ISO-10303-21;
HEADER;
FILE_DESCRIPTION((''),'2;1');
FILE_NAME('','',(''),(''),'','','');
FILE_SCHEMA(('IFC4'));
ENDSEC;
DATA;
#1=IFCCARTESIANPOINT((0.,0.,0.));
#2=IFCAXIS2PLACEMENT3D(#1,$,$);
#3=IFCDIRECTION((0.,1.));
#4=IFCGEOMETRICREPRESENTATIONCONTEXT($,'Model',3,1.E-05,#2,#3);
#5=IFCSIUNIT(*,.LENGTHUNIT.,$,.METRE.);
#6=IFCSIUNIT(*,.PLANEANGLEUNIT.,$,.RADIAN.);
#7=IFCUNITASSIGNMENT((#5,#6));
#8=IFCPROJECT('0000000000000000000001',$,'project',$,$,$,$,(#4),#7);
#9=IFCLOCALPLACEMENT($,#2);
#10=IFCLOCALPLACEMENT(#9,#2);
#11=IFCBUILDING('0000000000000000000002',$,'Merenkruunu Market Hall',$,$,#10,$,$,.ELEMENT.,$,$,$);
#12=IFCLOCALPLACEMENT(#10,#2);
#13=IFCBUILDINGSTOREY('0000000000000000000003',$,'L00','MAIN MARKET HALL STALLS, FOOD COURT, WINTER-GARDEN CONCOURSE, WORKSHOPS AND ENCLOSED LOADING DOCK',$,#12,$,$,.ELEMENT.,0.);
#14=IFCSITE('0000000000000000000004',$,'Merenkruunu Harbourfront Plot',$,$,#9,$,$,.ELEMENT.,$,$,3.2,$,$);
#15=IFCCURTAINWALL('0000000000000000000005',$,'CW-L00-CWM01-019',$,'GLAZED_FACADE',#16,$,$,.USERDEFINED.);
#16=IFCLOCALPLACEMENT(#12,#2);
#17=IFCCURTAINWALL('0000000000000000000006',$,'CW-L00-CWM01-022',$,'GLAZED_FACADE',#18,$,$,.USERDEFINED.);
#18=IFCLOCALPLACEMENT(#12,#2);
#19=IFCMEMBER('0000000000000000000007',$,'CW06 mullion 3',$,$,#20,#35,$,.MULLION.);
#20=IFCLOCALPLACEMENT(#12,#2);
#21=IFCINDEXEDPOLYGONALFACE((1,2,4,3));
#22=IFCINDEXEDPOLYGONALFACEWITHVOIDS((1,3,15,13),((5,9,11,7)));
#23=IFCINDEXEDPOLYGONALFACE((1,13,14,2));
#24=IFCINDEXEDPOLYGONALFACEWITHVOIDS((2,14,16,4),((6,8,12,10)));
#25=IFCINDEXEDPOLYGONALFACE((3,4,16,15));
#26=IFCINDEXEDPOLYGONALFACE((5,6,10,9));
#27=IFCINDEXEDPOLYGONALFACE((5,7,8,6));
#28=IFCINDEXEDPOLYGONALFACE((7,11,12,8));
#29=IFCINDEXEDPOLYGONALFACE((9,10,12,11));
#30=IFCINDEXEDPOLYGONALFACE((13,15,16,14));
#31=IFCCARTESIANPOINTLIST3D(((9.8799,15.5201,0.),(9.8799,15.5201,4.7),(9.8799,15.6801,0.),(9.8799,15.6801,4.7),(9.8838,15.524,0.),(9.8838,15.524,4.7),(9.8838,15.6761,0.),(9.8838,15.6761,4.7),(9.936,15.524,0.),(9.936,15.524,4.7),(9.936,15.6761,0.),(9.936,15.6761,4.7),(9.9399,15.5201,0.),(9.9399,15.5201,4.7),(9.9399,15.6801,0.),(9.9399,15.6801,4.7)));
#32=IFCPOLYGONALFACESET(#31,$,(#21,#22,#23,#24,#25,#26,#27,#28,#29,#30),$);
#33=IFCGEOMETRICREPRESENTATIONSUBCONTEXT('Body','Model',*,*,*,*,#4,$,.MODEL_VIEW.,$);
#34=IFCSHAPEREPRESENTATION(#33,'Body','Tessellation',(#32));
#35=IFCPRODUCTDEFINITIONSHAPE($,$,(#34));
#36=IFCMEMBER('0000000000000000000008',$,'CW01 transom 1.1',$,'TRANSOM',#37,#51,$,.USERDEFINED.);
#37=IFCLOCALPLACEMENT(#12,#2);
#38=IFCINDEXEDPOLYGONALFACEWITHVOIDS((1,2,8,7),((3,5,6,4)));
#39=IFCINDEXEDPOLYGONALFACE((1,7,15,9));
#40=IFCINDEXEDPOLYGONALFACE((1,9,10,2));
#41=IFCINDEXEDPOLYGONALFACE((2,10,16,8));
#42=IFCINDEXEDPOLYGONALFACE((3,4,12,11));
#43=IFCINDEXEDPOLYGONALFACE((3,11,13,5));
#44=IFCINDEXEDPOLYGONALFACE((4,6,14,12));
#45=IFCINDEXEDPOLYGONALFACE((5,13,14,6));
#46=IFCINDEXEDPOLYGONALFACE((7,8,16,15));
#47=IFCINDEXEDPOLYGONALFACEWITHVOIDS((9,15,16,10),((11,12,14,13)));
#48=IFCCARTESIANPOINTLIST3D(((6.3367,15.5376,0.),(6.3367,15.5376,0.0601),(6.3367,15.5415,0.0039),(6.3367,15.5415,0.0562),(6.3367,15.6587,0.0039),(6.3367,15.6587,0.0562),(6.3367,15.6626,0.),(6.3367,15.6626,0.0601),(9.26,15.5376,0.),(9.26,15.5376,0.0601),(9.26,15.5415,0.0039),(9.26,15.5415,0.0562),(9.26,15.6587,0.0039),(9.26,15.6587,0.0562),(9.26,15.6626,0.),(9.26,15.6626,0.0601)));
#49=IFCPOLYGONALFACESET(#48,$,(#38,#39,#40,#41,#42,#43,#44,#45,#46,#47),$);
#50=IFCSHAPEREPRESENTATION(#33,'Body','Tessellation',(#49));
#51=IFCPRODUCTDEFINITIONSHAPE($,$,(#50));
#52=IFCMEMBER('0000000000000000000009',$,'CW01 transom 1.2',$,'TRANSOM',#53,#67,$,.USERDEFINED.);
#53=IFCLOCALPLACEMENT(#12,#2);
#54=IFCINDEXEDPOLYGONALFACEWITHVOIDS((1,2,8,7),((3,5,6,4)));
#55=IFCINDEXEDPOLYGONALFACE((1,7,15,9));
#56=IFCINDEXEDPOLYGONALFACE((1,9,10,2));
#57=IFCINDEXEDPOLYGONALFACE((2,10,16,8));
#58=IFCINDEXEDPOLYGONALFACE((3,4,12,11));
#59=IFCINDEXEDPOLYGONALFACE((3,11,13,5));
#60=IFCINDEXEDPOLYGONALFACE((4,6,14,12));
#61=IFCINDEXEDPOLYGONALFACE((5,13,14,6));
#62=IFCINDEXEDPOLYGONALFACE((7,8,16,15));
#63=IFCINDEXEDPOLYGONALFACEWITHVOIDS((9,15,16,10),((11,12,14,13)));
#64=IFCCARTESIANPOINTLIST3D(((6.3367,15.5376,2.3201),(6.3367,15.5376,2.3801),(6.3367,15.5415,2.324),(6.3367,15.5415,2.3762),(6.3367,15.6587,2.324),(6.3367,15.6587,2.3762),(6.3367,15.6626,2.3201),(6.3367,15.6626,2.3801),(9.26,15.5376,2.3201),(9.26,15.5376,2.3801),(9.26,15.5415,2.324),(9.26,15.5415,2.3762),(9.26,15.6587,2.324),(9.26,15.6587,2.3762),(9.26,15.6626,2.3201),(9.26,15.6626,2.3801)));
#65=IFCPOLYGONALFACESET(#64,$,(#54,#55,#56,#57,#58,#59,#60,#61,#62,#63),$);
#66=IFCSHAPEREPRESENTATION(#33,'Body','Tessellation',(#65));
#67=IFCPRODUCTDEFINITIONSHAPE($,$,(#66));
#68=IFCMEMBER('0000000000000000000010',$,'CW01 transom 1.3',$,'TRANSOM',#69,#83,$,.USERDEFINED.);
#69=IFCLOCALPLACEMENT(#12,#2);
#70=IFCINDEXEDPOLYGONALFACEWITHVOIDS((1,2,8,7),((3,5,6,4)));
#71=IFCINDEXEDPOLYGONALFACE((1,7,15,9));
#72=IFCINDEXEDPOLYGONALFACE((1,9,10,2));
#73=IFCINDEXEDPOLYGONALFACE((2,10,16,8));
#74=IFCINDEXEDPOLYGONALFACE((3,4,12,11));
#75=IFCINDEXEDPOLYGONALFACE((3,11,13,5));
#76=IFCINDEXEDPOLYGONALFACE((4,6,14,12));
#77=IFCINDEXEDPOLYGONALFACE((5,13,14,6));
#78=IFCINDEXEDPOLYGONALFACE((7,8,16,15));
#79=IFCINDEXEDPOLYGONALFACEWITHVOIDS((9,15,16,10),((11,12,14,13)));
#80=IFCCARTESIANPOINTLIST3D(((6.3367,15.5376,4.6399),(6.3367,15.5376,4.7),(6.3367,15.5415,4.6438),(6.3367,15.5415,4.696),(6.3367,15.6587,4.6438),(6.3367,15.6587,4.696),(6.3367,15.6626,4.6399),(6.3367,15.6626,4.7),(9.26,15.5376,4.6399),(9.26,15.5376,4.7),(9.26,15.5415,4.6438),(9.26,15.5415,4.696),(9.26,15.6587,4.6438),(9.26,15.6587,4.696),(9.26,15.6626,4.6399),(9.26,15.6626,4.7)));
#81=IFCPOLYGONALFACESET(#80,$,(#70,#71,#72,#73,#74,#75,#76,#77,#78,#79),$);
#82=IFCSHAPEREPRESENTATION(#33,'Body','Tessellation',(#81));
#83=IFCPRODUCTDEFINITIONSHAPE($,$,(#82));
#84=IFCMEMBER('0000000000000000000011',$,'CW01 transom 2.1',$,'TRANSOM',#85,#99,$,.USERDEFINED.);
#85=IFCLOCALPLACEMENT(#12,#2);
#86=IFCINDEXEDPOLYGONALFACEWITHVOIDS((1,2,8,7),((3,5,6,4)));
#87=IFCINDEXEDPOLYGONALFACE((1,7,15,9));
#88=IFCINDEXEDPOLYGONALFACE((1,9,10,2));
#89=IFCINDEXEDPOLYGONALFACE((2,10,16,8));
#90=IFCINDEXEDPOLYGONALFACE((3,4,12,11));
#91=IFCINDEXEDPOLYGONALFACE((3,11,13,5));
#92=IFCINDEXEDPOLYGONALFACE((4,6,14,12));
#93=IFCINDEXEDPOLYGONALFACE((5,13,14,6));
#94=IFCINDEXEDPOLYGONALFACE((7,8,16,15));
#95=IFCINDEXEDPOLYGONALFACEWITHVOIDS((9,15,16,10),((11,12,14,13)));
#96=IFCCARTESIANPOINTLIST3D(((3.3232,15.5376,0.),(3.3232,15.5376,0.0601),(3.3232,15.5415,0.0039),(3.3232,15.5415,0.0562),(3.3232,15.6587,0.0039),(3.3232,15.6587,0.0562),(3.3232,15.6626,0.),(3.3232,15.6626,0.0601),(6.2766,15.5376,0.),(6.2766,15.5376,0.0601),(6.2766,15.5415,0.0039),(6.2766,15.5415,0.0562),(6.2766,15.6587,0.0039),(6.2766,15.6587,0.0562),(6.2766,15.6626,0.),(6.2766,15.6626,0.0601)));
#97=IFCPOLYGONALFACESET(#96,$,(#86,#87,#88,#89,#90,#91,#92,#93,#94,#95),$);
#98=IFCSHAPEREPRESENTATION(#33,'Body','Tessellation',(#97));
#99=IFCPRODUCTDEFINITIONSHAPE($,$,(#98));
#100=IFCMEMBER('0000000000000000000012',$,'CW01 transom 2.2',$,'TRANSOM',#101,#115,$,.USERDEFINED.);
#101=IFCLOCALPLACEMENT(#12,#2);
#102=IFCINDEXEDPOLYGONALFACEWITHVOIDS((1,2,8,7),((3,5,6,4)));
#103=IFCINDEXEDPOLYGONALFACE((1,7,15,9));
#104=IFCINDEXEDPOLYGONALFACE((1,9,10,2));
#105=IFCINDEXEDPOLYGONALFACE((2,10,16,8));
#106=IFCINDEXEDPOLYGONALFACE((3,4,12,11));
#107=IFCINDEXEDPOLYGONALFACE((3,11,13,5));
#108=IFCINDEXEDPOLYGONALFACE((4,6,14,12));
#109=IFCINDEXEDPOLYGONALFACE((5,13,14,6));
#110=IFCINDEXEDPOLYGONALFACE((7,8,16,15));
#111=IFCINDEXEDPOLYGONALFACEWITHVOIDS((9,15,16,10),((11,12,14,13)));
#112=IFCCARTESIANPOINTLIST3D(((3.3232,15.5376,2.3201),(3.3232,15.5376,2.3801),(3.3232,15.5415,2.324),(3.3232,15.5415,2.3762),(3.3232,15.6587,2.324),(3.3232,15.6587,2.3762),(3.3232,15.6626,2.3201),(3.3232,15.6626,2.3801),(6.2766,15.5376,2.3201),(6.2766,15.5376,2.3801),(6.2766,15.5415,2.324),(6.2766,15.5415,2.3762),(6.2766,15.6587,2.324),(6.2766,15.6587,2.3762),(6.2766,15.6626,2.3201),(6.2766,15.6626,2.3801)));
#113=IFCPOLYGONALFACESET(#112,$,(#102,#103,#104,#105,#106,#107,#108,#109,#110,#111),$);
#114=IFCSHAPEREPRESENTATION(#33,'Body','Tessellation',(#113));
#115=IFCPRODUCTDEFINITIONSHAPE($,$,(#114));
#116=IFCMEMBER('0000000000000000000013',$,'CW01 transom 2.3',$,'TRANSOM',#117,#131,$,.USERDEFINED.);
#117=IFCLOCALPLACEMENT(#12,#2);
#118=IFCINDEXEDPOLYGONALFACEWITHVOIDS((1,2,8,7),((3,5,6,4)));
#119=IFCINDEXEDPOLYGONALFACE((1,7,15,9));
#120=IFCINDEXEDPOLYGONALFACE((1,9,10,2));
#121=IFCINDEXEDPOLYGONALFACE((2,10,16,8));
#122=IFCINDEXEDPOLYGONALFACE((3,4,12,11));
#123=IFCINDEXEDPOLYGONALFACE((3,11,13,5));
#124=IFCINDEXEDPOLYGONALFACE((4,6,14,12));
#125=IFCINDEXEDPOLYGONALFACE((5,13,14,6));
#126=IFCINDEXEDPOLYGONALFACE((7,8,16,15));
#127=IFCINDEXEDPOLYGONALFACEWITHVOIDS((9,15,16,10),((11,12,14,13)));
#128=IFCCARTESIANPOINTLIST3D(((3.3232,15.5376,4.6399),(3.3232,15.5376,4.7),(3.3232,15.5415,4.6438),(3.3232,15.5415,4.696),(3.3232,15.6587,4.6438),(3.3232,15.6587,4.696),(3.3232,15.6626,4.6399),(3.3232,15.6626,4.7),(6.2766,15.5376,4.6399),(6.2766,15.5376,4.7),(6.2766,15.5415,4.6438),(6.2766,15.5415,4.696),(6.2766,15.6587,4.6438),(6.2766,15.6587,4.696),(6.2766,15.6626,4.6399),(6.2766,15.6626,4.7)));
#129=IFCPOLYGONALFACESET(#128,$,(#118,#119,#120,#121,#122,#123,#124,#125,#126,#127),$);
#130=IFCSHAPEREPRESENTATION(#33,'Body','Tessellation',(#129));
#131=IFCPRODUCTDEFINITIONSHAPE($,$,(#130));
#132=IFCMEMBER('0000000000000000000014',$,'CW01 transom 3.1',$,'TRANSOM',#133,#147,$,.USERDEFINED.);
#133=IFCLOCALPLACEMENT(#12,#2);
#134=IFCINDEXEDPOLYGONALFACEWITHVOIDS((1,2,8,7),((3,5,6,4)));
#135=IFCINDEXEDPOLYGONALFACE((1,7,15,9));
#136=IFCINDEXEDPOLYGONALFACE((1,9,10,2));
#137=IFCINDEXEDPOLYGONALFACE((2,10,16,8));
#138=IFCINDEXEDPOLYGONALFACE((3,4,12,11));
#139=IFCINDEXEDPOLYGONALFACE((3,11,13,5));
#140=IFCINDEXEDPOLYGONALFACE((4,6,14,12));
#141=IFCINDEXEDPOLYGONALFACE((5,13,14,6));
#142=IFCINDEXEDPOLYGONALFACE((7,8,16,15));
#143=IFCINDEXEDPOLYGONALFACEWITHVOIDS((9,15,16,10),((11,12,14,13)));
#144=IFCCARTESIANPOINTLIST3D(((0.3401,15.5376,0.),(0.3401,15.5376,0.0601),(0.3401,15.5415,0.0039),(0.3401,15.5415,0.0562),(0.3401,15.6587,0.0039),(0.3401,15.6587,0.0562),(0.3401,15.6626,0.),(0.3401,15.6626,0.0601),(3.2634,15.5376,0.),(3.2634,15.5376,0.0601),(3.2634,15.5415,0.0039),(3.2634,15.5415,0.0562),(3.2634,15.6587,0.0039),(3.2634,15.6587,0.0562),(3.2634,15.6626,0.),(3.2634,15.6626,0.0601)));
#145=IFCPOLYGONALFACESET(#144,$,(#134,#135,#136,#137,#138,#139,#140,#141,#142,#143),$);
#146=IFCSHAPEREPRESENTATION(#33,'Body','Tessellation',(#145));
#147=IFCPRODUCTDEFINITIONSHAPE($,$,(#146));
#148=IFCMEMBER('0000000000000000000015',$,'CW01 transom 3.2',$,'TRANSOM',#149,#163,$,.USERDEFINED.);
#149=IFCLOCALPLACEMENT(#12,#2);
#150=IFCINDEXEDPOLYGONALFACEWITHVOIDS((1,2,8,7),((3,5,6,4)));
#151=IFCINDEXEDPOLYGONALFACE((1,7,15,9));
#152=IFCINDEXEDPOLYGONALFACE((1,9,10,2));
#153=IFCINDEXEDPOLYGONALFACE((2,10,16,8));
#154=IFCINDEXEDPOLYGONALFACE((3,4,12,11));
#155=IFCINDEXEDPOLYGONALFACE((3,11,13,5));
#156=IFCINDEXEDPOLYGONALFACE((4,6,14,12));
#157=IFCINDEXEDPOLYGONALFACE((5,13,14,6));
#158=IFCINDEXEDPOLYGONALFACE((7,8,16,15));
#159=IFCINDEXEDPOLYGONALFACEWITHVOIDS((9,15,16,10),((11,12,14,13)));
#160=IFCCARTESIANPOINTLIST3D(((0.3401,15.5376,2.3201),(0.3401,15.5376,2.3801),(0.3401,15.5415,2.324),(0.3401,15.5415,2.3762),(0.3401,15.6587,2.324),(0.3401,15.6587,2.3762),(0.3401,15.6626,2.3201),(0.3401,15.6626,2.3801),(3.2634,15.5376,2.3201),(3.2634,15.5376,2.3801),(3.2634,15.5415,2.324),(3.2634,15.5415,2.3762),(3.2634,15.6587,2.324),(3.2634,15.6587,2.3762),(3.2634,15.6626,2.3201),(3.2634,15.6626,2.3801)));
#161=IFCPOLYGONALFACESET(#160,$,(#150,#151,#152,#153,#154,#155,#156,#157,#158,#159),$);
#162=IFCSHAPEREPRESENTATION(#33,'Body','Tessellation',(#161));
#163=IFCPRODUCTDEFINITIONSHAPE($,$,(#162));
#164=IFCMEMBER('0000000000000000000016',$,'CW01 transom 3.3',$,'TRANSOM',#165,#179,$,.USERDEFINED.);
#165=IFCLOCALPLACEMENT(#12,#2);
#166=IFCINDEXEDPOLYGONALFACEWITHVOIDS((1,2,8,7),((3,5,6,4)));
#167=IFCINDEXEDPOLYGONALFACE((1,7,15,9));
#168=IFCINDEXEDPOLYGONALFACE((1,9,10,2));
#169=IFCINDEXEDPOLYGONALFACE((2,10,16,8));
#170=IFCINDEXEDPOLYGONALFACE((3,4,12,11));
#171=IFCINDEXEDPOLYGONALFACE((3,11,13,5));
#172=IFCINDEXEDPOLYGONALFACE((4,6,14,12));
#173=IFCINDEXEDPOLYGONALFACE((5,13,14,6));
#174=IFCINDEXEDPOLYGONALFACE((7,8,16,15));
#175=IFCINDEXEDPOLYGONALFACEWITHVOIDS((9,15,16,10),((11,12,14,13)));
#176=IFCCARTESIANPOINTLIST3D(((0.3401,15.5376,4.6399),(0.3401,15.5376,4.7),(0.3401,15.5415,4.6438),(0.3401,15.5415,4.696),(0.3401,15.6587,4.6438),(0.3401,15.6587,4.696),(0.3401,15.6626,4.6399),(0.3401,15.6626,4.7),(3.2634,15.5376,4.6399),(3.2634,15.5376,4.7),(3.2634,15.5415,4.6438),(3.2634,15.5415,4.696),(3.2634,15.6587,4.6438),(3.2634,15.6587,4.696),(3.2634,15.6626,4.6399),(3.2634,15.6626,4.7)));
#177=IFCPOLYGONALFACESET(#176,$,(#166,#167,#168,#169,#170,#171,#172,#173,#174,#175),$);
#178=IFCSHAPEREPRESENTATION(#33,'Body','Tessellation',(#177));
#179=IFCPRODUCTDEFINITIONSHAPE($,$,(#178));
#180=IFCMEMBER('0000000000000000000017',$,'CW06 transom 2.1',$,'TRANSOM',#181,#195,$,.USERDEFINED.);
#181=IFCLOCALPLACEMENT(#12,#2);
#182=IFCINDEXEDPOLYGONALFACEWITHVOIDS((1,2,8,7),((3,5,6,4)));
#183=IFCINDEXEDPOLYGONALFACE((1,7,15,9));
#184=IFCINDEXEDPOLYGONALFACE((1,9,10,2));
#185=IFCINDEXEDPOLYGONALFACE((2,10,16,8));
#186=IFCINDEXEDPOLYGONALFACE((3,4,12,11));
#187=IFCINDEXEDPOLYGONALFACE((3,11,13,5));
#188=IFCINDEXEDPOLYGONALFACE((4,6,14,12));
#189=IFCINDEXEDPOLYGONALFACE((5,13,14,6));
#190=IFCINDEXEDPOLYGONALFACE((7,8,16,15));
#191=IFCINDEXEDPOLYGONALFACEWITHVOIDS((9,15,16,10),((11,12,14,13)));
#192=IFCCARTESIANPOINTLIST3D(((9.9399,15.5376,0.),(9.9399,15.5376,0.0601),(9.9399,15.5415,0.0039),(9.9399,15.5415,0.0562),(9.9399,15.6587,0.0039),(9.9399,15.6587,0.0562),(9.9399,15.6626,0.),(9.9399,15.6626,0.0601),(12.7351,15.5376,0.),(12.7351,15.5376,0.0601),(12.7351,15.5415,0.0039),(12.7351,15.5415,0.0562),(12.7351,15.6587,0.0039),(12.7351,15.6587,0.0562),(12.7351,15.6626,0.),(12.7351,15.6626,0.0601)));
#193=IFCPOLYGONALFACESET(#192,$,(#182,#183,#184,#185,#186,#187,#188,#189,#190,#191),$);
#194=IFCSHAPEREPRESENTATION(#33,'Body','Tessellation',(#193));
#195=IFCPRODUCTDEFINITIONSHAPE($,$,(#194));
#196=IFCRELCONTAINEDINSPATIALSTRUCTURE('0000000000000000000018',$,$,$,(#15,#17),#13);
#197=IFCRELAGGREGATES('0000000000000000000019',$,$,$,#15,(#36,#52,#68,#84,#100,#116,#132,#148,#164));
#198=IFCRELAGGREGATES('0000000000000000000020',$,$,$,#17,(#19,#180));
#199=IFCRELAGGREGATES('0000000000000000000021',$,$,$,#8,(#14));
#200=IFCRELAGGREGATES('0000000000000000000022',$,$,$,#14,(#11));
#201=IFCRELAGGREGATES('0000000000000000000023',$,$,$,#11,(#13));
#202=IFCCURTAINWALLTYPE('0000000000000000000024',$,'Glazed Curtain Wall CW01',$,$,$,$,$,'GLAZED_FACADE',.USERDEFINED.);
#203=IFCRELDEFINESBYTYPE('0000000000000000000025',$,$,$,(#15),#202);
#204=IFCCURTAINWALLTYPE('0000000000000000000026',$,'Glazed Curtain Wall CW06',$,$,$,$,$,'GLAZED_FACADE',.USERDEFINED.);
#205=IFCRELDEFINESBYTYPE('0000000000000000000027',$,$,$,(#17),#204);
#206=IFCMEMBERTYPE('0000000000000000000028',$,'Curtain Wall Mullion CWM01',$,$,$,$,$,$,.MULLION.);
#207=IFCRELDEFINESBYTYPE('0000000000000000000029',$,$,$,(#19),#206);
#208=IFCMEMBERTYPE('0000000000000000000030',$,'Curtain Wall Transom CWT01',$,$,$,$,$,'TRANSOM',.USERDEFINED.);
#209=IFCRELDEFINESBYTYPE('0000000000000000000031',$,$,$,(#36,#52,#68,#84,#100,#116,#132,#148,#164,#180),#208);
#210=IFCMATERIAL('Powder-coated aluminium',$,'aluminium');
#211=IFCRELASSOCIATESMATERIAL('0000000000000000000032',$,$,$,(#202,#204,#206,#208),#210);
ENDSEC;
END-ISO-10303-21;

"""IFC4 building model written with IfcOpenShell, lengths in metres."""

from ifc_helpers import new_model, si_unit, direction, frame, origin, origin_2d, place, context, subcontext, project, spatial, hollow_rectangle, extrude, material, material_profile, profile_set, type_object, element, aggregate, save


model = new_model("IFC4")

# Units and contexts
model_context = context("Model", 3, precision=1e-05, world=origin(), true_north=direction((0.0, 1.0)))
body_context = subcontext(model_context, "Body", "Model", "MODEL_VIEW")
ifc_project = project(units=[si_unit("LENGTHUNIT", "METRE"), si_unit("PLANEANGLEUNIT", "RADIAN")], contexts=[model_context])

# Site, building, storey
site_placement = place(None, origin())
site = spatial("IfcSite", under=ifc_project, at=site_placement, Name="Merenkruunu Harbourfront Plot", CompositionType="ELEMENT", RefElevation=3.2)
building_placement = place(site_placement, origin())
building = spatial("IfcBuilding", under=site, at=building_placement, Name="Merenkruunu Market Hall", CompositionType="ELEMENT")
storey_placement = place(building_placement, origin())
storey = spatial("IfcBuildingStorey", under=building, at=storey_placement, Name="L00", Description="MAIN MARKET HALL STALLS, FOOD COURT, WINTER-GARDEN CONCOURSE, WORKSHOPS AND ENCLOSED LOADING DOCK", CompositionType="ELEMENT", Elevation=0.0)

# Curtain walls, member
ifc_material_1 = material(Name="Powder-coated aluminium", Category="aluminium")
curtain_wall_type_1 = type_object("IfcCurtainWallType", Name="Glazed Curtain Wall CW01", ElementType="GLAZED_FACADE", PredefinedType="USERDEFINED", material=ifc_material_1)
curtain_wall_1_placement = place(storey_placement, origin())
curtain_wall_1 = element("IfcCurtainWall", 1, at=curtain_wall_1_placement, inside=storey, type_object=curtain_wall_type_1, Name="CW-L00-CWM01-019", ObjectType="GLAZED_FACADE", PredefinedType="USERDEFINED")
ifc_material_profile_1 = material_profile(ifc_material_1, hollow_rectangle(XDim=0.0601, YDim=0.1599, WallThickness=0.0039, at=origin_2d()), Name="ALU 60x160x4")
ifc_profile_set_1 = profile_set([ifc_material_profile_1], Name="Powder-coated aluminium")
member_type_1 = type_object("IfcMemberType", Name="Curtain Wall Mullion CWM01", PredefinedType="MULLION", material=ifc_profile_set_1)
curtain_wall_type_2 = type_object("IfcCurtainWallType", Name="Glazed Curtain Wall CW06", ElementType="GLAZED_FACADE", PredefinedType="USERDEFINED", material=ifc_material_1)
curtain_wall_2_placement = place(storey_placement, origin())
curtain_wall_2 = element("IfcCurtainWall", 2, at=curtain_wall_2_placement, inside=storey, type_object=curtain_wall_type_2, Name="CW-L00-CWM01-022", ObjectType="GLAZED_FACADE", PredefinedType="USERDEFINED")
member_1_placement = place(storey_placement, frame((9.9099, 15.6001, 0.0), z_axis=(0.0, 0.0, 1.0), x_axis=(-1.0, 0.0, 0.0)))
member_1 = element("IfcMember", 3, at=member_1_placement, type_object=member_type_1, Name="CW06 mullion 3", PredefinedType="MULLION", context=body_context, shape_type="SweptSolid", body=[
    extrude(hollow_rectangle(XDim=0.0601, YDim=0.1599, WallThickness=0.0039, at=origin_2d()), origin(), (0.0, 0.0, 1.0), 4.7),
])

# Members
ifc_material_profile_2 = material_profile(ifc_material_1, hollow_rectangle(XDim=0.0601, YDim=0.125, WallThickness=0.0039, at=origin_2d()), Name="ALU 60x125x4")
ifc_profile_set_2 = profile_set([ifc_material_profile_2], Name="Powder-coated aluminium")
member_type_2 = type_object("IfcMemberType", Name="Curtain Wall Transom CWT01", ElementType="TRANSOM", PredefinedType="USERDEFINED", material=ifc_profile_set_2)
member_2_placement = place(storey_placement, frame((9.26, 15.6001, 0.03), z_axis=(-1.0, 0.0, 0.0), x_axis=(0.0, 0.0, 1.0)))
member_2 = element("IfcMember", 4, at=member_2_placement, type_object=member_type_2, Name="CW01 transom 1.1", ObjectType="TRANSOM", PredefinedType="USERDEFINED", context=body_context, shape_type="SweptSolid", body=[
    extrude(hollow_rectangle(XDim=0.0601, YDim=0.125, WallThickness=0.0039, at=origin_2d()), origin(), (0.0, 0.0, 1.0), 2.9233),
])
member_3_placement = place(storey_placement, frame((9.26, 15.6001, 2.3501), z_axis=(-1.0, 0.0, 0.0), x_axis=(0.0, 0.0, 1.0)))
member_3 = element("IfcMember", 5, at=member_3_placement, type_object=member_type_2, Name="CW01 transom 1.2", ObjectType="TRANSOM", PredefinedType="USERDEFINED", context=body_context, shape_type="SweptSolid", body=[
    extrude(hollow_rectangle(XDim=0.0601, YDim=0.125, WallThickness=0.0039, at=origin_2d()), origin(), (0.0, 0.0, 1.0), 2.9233),
])
member_4_placement = place(storey_placement, frame((9.26, 15.6001, 4.6699), z_axis=(-1.0, 0.0, 0.0), x_axis=(0.0, 0.0, 1.0)))
member_4 = element("IfcMember", 6, at=member_4_placement, type_object=member_type_2, Name="CW01 transom 1.3", ObjectType="TRANSOM", PredefinedType="USERDEFINED", context=body_context, shape_type="SweptSolid", body=[
    extrude(hollow_rectangle(XDim=0.0601, YDim=0.125, WallThickness=0.0039, at=origin_2d()), origin(), (0.0, 0.0, 1.0), 2.9233),
])
member_5_placement = place(storey_placement, frame((6.2766, 15.6001, 0.03), z_axis=(-1.0, 0.0, 0.0), x_axis=(0.0, 0.0, 1.0)))
member_5 = element("IfcMember", 7, at=member_5_placement, type_object=member_type_2, Name="CW01 transom 2.1", ObjectType="TRANSOM", PredefinedType="USERDEFINED", context=body_context, shape_type="SweptSolid", body=[
    extrude(hollow_rectangle(XDim=0.0601, YDim=0.125, WallThickness=0.0039, at=origin_2d()), origin(), (0.0, 0.0, 1.0), 2.9534),
])
member_6_placement = place(storey_placement, frame((6.2766, 15.6001, 2.3501), z_axis=(-1.0, 0.0, 0.0), x_axis=(0.0, 0.0, 1.0)))
member_6 = element("IfcMember", 8, at=member_6_placement, type_object=member_type_2, Name="CW01 transom 2.2", ObjectType="TRANSOM", PredefinedType="USERDEFINED", context=body_context, shape_type="SweptSolid", body=[
    extrude(hollow_rectangle(XDim=0.0601, YDim=0.125, WallThickness=0.0039, at=origin_2d()), origin(), (0.0, 0.0, 1.0), 2.9534),
])
member_7_placement = place(storey_placement, frame((6.2766, 15.6001, 4.6699), z_axis=(-1.0, 0.0, 0.0), x_axis=(0.0, 0.0, 1.0)))
member_7 = element("IfcMember", 9, at=member_7_placement, type_object=member_type_2, Name="CW01 transom 2.3", ObjectType="TRANSOM", PredefinedType="USERDEFINED", context=body_context, shape_type="SweptSolid", body=[
    extrude(hollow_rectangle(XDim=0.0601, YDim=0.125, WallThickness=0.0039, at=origin_2d()), origin(), (0.0, 0.0, 1.0), 2.9534),
])
member_8_placement = place(storey_placement, frame((3.2634, 15.6001, 0.03), z_axis=(-1.0, 0.0, 0.0), x_axis=(0.0, 0.0, 1.0)))
member_8 = element("IfcMember", 10, at=member_8_placement, type_object=member_type_2, Name="CW01 transom 3.1", ObjectType="TRANSOM", PredefinedType="USERDEFINED", context=body_context, shape_type="SweptSolid", body=[
    extrude(hollow_rectangle(XDim=0.0601, YDim=0.125, WallThickness=0.0039, at=origin_2d()), origin(), (0.0, 0.0, 1.0), 2.9233),
])
member_9_placement = place(storey_placement, frame((3.2634, 15.6001, 2.3501), z_axis=(-1.0, 0.0, 0.0), x_axis=(0.0, 0.0, 1.0)))
member_9 = element("IfcMember", 11, at=member_9_placement, type_object=member_type_2, Name="CW01 transom 3.2", ObjectType="TRANSOM", PredefinedType="USERDEFINED", context=body_context, shape_type="SweptSolid", body=[
    extrude(hollow_rectangle(XDim=0.0601, YDim=0.125, WallThickness=0.0039, at=origin_2d()), origin(), (0.0, 0.0, 1.0), 2.9233),
])
member_10_placement = place(storey_placement, frame((3.2634, 15.6001, 4.6699), z_axis=(-1.0, 0.0, 0.0), x_axis=(0.0, 0.0, 1.0)))
member_10 = element("IfcMember", 12, at=member_10_placement, type_object=member_type_2, Name="CW01 transom 3.3", ObjectType="TRANSOM", PredefinedType="USERDEFINED", context=body_context, shape_type="SweptSolid", body=[
    extrude(hollow_rectangle(XDim=0.0601, YDim=0.125, WallThickness=0.0039, at=origin_2d()), origin(), (0.0, 0.0, 1.0), 2.9233),
])
member_11_placement = place(storey_placement, frame((12.7351, 15.6001, 0.03), z_axis=(-1.0, 0.0, 0.0), x_axis=(0.0, 0.0, 1.0)))
member_11 = element("IfcMember", 13, at=member_11_placement, type_object=member_type_2, Name="CW06 transom 2.1", ObjectType="TRANSOM", PredefinedType="USERDEFINED", context=body_context, shape_type="SweptSolid", body=[
    extrude(hollow_rectangle(XDim=0.0601, YDim=0.125, WallThickness=0.0039, at=origin_2d()), origin(), (0.0, 0.0, 1.0), 2.7952),
])

aggregate(curtain_wall_1, [member_2, member_3, member_4, member_5, member_6, member_7, member_8, member_9, member_10])
aggregate(curtain_wall_2, [member_1, member_11])

save(model, "model.ifc")
